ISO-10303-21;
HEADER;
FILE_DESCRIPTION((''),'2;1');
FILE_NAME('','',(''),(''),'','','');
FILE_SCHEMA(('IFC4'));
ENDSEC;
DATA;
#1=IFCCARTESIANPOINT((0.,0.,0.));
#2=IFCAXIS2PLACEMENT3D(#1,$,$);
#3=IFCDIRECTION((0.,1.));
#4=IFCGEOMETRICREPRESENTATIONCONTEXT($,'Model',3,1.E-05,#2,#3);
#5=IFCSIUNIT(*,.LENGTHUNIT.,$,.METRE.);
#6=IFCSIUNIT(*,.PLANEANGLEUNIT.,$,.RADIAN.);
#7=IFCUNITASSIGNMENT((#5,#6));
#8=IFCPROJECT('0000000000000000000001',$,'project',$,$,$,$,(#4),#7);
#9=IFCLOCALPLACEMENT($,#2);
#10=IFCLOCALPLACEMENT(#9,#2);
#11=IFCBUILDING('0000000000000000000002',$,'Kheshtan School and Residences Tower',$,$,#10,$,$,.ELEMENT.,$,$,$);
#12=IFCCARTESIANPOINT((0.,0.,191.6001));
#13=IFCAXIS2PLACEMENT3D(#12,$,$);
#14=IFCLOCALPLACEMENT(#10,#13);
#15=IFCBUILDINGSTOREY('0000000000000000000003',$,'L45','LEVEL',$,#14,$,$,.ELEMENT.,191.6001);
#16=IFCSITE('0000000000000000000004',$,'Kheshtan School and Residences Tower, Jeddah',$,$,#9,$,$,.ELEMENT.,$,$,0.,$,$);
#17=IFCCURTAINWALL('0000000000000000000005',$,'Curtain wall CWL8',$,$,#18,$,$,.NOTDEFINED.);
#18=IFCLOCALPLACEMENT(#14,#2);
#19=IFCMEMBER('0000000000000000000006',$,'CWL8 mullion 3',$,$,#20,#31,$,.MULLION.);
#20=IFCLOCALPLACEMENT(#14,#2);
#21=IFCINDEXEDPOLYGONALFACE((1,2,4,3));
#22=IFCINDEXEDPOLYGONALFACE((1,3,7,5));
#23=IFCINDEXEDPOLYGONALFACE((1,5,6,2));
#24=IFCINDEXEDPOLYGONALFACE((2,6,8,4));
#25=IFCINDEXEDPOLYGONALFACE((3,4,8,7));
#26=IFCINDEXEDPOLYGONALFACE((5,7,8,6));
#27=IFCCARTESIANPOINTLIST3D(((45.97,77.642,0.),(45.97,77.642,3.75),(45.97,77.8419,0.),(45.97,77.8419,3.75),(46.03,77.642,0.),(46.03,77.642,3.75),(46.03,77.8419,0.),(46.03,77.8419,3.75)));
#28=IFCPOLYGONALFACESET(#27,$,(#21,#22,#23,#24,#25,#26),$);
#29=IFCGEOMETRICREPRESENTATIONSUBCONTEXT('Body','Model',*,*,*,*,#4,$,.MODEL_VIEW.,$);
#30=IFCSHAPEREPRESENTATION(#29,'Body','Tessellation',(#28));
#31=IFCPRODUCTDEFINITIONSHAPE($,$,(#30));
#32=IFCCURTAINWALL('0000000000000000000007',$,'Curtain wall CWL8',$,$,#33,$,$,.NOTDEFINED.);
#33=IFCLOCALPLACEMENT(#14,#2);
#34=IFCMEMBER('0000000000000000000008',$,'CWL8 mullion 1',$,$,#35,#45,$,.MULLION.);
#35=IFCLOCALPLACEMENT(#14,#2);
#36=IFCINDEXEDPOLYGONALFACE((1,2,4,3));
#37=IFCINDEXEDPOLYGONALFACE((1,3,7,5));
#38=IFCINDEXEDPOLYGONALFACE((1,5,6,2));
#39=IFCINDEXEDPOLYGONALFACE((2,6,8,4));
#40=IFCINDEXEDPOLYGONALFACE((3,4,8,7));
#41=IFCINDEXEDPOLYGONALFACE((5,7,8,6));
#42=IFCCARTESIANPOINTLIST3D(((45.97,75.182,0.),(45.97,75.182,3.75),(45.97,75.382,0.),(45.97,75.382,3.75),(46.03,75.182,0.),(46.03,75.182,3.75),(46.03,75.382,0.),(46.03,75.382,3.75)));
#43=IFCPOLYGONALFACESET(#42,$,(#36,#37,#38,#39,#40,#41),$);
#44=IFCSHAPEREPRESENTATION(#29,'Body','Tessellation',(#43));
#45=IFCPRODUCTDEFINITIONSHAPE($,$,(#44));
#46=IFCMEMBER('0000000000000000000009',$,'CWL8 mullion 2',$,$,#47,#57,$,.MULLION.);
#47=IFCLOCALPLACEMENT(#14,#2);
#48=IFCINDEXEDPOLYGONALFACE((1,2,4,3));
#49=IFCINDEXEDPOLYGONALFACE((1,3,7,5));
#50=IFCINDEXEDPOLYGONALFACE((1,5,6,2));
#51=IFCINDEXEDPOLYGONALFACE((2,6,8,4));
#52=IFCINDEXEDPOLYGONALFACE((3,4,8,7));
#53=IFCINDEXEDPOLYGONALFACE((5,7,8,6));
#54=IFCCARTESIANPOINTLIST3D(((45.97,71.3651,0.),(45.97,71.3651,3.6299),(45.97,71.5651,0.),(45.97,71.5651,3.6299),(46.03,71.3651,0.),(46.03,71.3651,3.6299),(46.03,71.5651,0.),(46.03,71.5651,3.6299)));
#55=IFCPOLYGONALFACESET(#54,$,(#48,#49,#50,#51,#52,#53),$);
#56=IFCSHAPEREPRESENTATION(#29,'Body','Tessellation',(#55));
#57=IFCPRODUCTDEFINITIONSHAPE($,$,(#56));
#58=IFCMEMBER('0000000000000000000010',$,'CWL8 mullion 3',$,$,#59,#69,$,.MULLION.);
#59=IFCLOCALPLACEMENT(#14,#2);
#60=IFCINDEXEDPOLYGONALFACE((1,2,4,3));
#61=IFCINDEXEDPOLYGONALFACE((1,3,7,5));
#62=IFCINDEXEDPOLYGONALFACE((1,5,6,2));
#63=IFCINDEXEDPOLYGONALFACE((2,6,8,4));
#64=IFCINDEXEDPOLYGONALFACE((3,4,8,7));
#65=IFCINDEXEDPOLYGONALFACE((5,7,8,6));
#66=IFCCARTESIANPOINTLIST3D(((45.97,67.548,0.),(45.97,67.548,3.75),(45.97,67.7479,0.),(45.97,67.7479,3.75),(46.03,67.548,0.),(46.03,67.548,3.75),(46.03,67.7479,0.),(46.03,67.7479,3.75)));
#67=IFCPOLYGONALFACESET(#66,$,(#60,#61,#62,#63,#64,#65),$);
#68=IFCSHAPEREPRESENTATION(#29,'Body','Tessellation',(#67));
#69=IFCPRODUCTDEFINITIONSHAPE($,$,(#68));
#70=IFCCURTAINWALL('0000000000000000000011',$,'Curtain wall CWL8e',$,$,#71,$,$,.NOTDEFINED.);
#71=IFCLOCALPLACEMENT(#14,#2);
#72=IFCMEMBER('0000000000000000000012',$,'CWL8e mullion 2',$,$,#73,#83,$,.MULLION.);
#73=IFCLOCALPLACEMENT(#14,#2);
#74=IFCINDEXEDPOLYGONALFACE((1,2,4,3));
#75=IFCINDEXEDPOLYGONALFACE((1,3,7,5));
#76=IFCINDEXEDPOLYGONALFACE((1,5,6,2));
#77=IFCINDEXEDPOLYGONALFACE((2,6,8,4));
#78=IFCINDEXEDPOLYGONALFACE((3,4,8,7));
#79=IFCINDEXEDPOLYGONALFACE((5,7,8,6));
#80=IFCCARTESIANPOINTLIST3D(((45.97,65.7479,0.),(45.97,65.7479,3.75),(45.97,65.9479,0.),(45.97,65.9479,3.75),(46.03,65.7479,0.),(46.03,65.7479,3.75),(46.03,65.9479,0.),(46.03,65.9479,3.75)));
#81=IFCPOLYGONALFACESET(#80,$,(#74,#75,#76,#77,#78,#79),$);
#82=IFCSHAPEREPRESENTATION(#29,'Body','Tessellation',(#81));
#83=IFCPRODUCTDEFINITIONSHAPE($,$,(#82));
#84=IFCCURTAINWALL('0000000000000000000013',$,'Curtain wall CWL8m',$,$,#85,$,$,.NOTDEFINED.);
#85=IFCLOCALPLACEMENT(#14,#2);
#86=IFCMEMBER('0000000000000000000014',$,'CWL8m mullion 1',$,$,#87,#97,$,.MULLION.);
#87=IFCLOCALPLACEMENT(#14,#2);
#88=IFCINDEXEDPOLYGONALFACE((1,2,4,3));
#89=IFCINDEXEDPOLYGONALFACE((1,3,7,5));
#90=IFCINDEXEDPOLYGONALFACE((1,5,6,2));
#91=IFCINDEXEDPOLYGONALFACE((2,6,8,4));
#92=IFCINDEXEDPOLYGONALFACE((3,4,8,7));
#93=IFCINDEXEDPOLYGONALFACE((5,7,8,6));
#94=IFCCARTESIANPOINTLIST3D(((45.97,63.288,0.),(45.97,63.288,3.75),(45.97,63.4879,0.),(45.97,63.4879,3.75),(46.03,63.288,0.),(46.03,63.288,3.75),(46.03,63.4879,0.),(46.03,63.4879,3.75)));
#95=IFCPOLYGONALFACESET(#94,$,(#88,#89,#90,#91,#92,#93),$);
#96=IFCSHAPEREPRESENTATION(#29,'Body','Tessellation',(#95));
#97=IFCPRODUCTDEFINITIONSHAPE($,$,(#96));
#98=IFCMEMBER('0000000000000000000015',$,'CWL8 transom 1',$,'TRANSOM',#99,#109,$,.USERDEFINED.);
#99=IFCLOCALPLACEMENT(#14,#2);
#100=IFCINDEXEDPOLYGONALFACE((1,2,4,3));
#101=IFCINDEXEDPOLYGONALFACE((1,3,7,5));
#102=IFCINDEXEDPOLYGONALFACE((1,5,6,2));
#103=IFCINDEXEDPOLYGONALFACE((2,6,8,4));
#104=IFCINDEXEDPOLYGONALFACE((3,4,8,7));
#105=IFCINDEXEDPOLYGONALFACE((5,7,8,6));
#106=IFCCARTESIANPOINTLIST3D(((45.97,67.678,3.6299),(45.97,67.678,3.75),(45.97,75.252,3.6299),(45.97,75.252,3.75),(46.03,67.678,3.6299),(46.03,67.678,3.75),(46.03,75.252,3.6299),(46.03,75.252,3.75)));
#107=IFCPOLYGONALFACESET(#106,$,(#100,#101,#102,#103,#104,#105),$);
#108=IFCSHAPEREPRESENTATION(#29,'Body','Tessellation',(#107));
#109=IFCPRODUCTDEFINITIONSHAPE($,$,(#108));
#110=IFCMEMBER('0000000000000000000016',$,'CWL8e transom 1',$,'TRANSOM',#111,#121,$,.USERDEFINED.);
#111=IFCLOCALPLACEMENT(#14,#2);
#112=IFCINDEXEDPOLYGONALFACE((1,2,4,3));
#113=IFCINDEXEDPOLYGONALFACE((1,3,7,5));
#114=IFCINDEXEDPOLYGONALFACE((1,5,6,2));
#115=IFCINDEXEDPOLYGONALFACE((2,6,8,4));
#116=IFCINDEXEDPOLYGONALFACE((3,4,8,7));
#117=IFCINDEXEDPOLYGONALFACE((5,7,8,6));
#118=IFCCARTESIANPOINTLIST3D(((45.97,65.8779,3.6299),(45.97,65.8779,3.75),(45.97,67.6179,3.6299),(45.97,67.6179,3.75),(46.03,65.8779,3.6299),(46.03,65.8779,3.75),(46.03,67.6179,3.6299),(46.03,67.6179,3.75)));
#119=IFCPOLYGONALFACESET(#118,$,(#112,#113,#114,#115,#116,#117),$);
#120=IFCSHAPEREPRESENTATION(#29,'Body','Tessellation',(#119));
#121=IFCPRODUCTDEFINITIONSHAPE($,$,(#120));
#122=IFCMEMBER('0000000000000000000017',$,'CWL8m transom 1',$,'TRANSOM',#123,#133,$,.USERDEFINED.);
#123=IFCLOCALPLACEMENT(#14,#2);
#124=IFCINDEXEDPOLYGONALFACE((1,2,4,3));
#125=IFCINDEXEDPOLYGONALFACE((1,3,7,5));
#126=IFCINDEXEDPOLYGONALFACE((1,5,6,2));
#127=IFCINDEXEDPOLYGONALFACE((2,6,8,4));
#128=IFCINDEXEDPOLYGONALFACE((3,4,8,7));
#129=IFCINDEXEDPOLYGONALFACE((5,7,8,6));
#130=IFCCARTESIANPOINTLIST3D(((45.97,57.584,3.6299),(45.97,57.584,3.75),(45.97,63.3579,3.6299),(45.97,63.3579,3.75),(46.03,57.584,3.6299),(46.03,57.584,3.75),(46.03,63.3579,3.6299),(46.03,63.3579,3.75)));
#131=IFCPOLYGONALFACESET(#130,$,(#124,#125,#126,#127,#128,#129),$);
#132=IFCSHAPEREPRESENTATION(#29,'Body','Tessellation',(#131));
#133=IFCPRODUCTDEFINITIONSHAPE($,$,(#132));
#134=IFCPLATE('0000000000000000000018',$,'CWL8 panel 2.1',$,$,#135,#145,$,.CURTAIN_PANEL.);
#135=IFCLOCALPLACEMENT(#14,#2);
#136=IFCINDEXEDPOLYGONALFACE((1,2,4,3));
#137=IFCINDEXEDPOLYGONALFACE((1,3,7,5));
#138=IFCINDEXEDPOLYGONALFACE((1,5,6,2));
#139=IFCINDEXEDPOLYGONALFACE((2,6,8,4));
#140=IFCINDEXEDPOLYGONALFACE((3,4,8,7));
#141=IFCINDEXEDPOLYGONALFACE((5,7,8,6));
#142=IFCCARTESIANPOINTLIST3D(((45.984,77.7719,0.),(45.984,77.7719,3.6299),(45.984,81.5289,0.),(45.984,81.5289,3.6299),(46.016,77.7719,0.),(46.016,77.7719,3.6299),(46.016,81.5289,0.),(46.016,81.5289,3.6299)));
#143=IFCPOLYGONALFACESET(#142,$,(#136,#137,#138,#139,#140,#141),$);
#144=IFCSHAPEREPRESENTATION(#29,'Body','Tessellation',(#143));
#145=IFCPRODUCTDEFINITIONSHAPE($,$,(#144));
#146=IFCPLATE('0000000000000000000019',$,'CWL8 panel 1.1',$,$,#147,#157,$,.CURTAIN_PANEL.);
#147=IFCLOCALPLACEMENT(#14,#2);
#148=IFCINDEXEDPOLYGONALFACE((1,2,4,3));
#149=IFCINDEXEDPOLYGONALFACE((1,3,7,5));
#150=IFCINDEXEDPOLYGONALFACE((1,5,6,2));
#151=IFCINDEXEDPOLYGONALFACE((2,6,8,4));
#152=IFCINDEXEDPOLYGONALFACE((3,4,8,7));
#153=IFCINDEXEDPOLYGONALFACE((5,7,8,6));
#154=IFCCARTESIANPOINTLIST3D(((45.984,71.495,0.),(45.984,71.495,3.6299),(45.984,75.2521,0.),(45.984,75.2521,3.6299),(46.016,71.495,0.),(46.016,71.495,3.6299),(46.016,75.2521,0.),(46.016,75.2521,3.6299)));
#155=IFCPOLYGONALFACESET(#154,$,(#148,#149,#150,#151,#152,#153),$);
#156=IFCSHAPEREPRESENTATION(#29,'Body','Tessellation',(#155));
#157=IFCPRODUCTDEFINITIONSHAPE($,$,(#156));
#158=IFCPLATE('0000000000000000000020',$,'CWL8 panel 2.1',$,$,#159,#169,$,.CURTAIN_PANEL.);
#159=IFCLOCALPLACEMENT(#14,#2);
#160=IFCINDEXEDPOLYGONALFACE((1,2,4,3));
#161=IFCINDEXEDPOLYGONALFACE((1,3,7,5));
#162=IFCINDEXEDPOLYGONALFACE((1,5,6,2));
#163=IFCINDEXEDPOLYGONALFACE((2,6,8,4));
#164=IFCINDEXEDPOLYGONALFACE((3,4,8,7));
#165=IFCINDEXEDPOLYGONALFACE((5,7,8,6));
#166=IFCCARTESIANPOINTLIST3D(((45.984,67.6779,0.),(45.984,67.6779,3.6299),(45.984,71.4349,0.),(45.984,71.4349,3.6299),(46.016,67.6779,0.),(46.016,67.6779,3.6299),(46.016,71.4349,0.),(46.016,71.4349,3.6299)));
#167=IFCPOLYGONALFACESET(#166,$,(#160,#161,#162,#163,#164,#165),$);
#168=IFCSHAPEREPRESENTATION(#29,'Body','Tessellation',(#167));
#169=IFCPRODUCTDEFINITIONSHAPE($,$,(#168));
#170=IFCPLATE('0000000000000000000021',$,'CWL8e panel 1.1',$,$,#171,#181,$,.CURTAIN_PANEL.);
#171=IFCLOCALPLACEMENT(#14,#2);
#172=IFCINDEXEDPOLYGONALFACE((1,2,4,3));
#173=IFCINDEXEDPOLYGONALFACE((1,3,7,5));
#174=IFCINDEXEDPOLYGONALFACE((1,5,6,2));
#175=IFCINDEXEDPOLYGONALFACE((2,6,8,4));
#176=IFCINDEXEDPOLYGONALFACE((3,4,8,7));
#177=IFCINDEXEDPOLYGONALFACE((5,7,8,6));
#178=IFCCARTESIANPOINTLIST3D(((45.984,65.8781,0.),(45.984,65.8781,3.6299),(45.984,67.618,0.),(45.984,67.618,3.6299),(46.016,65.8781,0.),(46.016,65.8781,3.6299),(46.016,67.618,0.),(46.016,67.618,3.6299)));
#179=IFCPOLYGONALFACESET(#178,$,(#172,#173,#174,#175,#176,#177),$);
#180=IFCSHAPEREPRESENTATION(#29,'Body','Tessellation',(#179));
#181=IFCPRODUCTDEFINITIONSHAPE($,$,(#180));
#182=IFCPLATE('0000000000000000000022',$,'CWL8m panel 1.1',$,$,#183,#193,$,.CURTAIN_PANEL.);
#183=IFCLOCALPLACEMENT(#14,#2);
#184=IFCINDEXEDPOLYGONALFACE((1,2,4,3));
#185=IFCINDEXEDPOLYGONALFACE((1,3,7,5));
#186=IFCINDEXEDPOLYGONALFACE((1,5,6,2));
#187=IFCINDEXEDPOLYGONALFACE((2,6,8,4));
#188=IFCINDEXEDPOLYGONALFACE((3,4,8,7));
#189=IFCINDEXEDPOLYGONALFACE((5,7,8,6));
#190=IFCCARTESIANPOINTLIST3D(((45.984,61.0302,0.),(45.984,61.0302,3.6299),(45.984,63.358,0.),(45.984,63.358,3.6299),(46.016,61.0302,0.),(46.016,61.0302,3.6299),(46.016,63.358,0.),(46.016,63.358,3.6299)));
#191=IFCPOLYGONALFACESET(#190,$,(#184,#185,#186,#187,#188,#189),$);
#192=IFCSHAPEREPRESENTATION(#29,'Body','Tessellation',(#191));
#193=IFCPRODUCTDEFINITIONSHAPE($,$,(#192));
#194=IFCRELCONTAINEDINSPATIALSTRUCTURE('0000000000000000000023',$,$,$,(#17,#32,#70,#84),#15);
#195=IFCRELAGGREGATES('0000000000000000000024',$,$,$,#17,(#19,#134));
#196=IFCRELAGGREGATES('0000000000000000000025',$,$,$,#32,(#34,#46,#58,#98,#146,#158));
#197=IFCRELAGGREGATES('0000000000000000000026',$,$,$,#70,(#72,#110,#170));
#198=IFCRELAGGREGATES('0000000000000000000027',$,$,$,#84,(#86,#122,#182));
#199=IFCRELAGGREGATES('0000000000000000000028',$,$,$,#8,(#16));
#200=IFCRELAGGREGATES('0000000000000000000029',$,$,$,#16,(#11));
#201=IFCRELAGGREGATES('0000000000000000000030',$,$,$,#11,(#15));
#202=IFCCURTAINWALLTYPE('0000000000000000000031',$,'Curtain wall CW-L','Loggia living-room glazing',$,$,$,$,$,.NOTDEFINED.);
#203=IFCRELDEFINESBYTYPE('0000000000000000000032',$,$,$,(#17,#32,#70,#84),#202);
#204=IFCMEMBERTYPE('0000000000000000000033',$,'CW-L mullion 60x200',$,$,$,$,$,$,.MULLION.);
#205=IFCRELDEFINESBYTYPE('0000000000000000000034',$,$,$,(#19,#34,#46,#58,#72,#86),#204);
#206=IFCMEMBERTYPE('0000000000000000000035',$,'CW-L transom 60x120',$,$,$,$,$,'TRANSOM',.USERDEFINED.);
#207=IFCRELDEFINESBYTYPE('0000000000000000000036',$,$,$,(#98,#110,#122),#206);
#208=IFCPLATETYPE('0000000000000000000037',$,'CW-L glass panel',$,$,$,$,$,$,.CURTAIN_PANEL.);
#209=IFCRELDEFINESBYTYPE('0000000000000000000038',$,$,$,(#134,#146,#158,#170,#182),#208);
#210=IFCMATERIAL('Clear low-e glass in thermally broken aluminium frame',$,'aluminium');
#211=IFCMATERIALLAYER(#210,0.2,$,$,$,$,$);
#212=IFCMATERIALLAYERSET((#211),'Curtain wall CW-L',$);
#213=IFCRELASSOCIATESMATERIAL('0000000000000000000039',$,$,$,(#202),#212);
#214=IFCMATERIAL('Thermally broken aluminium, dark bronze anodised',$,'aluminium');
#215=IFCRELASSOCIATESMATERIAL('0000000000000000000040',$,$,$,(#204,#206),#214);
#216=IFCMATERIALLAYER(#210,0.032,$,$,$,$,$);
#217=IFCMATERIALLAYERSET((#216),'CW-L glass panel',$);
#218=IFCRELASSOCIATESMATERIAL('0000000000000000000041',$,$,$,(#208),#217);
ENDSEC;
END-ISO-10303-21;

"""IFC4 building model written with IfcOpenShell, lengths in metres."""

from ifc_helpers import new_model, si_unit, direction, frame, origin, origin_2d, place, context, subcontext, project, spatial, rectangle, extrude, material, layer, layer_set, material_profile, profile_set, type_object, element, aggregate, save


model = new_model("IFC4")

# Units and contexts
model_context = context("Model", 3, precision=1e-05, world=origin(), true_north=direction((0.0, 1.0)))
body_context = subcontext(model_context, "Body", "Model", "MODEL_VIEW")
ifc_project = project(units=[si_unit("LENGTHUNIT", "METRE"), si_unit("PLANEANGLEUNIT", "RADIAN")], contexts=[model_context])

# Site, building, storey
site_placement = place(None, origin())
site = spatial("IfcSite", under=ifc_project, at=site_placement, Name="Kheshtan School and Residences Tower, Jeddah", CompositionType="ELEMENT", RefElevation=0.0)
building_placement = place(site_placement, origin())
building = spatial("IfcBuilding", under=site, at=building_placement, Name="Kheshtan School and Residences Tower", CompositionType="ELEMENT")
storey_placement = place(building_placement, frame((0.0, 0.0, 191.6001)))
storey = spatial("IfcBuildingStorey", under=building, at=storey_placement, Name="L45", Description="LEVEL", CompositionType="ELEMENT", Elevation=191.6001)

# Curtain wall, member
ifc_material_1 = material(Name="Clear low-e glass in thermally broken aluminium frame", Category="aluminium")
ifc_layer_1 = layer(ifc_material_1, 0.2)
ifc_layer_set_1 = layer_set([ifc_layer_1], Name="Curtain wall CW-L")
curtain_wall_type = type_object("IfcCurtainWallType", Name="Curtain wall CW-L", Description="Loggia living-room glazing", PredefinedType="NOTDEFINED", material=ifc_layer_set_1)
curtain_wall_1_placement = place(storey_placement, origin())
curtain_wall_1 = element("IfcCurtainWall", 1, at=curtain_wall_1_placement, inside=storey, type_object=curtain_wall_type, Name="Curtain wall CWL8", PredefinedType="NOTDEFINED")
ifc_material_2 = material(Name="Thermally broken aluminium, dark bronze anodised", Category="aluminium")
ifc_material_profile_1 = material_profile(ifc_material_2, rectangle(XDim=0.0601, YDim=0.2, at=origin_2d()), Name="CW-L mullion 60x200")
ifc_profile_set_1 = profile_set([ifc_material_profile_1], Name="Thermally broken aluminium, dark bronze anodised")
member_type_1 = type_object("IfcMemberType", Name="CW-L mullion 60x200", PredefinedType="MULLION", material=ifc_profile_set_1)
member_1_placement = place(storey_placement, frame((46.0, 77.7419, 0.0), z_axis=(0.0, 0.0, 1.0), x_axis=(1.0, 0.0, 0.0)))
member_1 = element("IfcMember", 2, at=member_1_placement, type_object=member_type_1, Name="CWL8 mullion 3", PredefinedType="MULLION", context=body_context, shape_type="SweptSolid", body=[
    extrude(rectangle(XDim=0.0601, YDim=0.2, at=origin_2d()), origin(), (0.0, 0.0, 1.0), 3.75),
])

# Curtain wall, members
curtain_wall_2_placement = place(storey_placement, origin())
curtain_wall_2 = element("IfcCurtainWall", 3, at=curtain_wall_2_placement, inside=storey, type_object=curtain_wall_type, Name="Curtain wall CWL8", PredefinedType="NOTDEFINED")
member_2_placement = place(storey_placement, frame((46.0, 75.282, 0.0), z_axis=(0.0, 0.0, 1.0), x_axis=(1.0, 0.0, 0.0)))
member_2 = element("IfcMember", 4, at=member_2_placement, type_object=member_type_1, Name="CWL8 mullion 1", PredefinedType="MULLION", context=body_context, shape_type="SweptSolid", body=[
    extrude(rectangle(XDim=0.0601, YDim=0.2, at=origin_2d()), origin(), (0.0, 0.0, 1.0), 3.75),
])
member_3_placement = place(storey_placement, frame((46.0, 71.4651, 0.0), z_axis=(0.0, 0.0, 1.0), x_axis=(1.0, 0.0, 0.0)))
member_3 = element("IfcMember", 5, at=member_3_placement, type_object=member_type_1, Name="CWL8 mullion 2", PredefinedType="MULLION", context=body_context, shape_type="SweptSolid", body=[
    extrude(rectangle(XDim=0.0601, YDim=0.2, at=origin_2d()), origin(), (0.0, 0.0, 1.0), 3.6299),
])
member_4_placement = place(storey_placement, frame((46.0, 67.6479, 0.0), z_axis=(0.0, 0.0, 1.0), x_axis=(1.0, 0.0, 0.0)))
member_4 = element("IfcMember", 6, at=member_4_placement, type_object=member_type_1, Name="CWL8 mullion 3", PredefinedType="MULLION", context=body_context, shape_type="SweptSolid", body=[
    extrude(rectangle(XDim=0.0601, YDim=0.2, at=origin_2d()), origin(), (0.0, 0.0, 1.0), 3.75),
])

# Curtain walls, members
curtain_wall_3_placement = place(storey_placement, origin())
curtain_wall_3 = element("IfcCurtainWall", 7, at=curtain_wall_3_placement, inside=storey, type_object=curtain_wall_type, Name="Curtain wall CWL8e", PredefinedType="NOTDEFINED")
member_5_placement = place(storey_placement, frame((46.0, 65.8479, 0.0), z_axis=(0.0, 0.0, 1.0), x_axis=(1.0, 0.0, 0.0)))
member_5 = element("IfcMember", 8, at=member_5_placement, type_object=member_type_1, Name="CWL8e mullion 2", PredefinedType="MULLION", context=body_context, shape_type="SweptSolid", body=[
    extrude(rectangle(XDim=0.0601, YDim=0.2, at=origin_2d()), origin(), (0.0, 0.0, 1.0), 3.75),
])
curtain_wall_4_placement = place(storey_placement, origin())
curtain_wall_4 = element("IfcCurtainWall", 9, at=curtain_wall_4_placement, inside=storey, type_object=curtain_wall_type, Name="Curtain wall CWL8m", PredefinedType="NOTDEFINED")
member_6_placement = place(storey_placement, frame((46.0, 63.3879, 0.0), z_axis=(0.0, 0.0, 1.0), x_axis=(1.0, 0.0, 0.0)))
member_6 = element("IfcMember", 10, at=member_6_placement, type_object=member_type_1, Name="CWL8m mullion 1", PredefinedType="MULLION", context=body_context, shape_type="SweptSolid", body=[
    extrude(rectangle(XDim=0.0601, YDim=0.2, at=origin_2d()), origin(), (0.0, 0.0, 1.0), 3.75),
])

# Members
ifc_material_profile_2 = material_profile(ifc_material_2, rectangle(XDim=0.0601, YDim=0.1201, at=origin_2d()), Name="CW-L transom 60x120")
ifc_profile_set_2 = profile_set([ifc_material_profile_2], Name="Thermally broken aluminium, dark bronze anodised")
member_type_2 = type_object("IfcMemberType", Name="CW-L transom 60x120", ElementType="TRANSOM", PredefinedType="USERDEFINED", material=ifc_profile_set_2)
member_7_placement = place(storey_placement, frame((46.0, 75.252, 3.6899), z_axis=(0.0, -1.0, 0.0), x_axis=(1.0, 0.0, 0.0)))
member_7 = element("IfcMember", 11, at=member_7_placement, type_object=member_type_2, Name="CWL8 transom 1", ObjectType="TRANSOM", PredefinedType="USERDEFINED", context=body_context, shape_type="SweptSolid", body=[
    extrude(rectangle(XDim=0.0601, YDim=0.1201, at=origin_2d()), origin(), (0.0, 0.0, 1.0), 7.574),
])
member_8_placement = place(storey_placement, frame((46.0, 67.6179, 3.6899), z_axis=(0.0, -1.0, 0.0), x_axis=(1.0, 0.0, 0.0)))
member_8 = element("IfcMember", 12, at=member_8_placement, type_object=member_type_2, Name="CWL8e transom 1", ObjectType="TRANSOM", PredefinedType="USERDEFINED", context=body_context, shape_type="SweptSolid", body=[
    extrude(rectangle(XDim=0.0601, YDim=0.1201, at=origin_2d()), origin(), (0.0, 0.0, 1.0), 1.74),
])
member_9_placement = place(storey_placement, frame((46.0, 63.3579, 3.6899), z_axis=(0.0, -1.0, 0.0), x_axis=(1.0, 0.0, 0.0)))
member_9 = element("IfcMember", 13, at=member_9_placement, type_object=member_type_2, Name="CWL8m transom 1", ObjectType="TRANSOM", PredefinedType="USERDEFINED", context=body_context, shape_type="SweptSolid", body=[
    extrude(rectangle(XDim=0.0601, YDim=0.1201, at=origin_2d()), origin(), (0.0, 0.0, 1.0), 5.7739),
])

# Plates
ifc_layer_2 = layer(ifc_material_1, 0.032)
ifc_layer_set_2 = layer_set([ifc_layer_2], Name="CW-L glass panel")
plate_type = type_object("IfcPlateType", Name="CW-L glass panel", PredefinedType="CURTAIN_PANEL", material=ifc_layer_set_2)
plate_1_placement = place(storey_placement, frame((46.0, 79.6504, 0.0), z_axis=(0.0, 0.0, 1.0), x_axis=(0.0, -1.0, 0.0)))
plate_1 = element("IfcPlate", 14, at=plate_1_placement, type_object=plate_type, Name="CWL8 panel 2.1", PredefinedType="CURTAIN_PANEL", context=body_context, shape_type="SweptSolid", body=[
    extrude(rectangle(XDim=3.7571, YDim=0.032, at=origin_2d()), origin(), (0.0, 0.0, 1.0), 3.6299),
])
aggregate(curtain_wall_1, [member_1, plate_1])
plate_2_placement = place(storey_placement, frame((46.0, 73.3735, 0.0), z_axis=(0.0, 0.0, 1.0), x_axis=(0.0, -1.0, 0.0)))
plate_2 = element("IfcPlate", 15, at=plate_2_placement, type_object=plate_type, Name="CWL8 panel 1.1", PredefinedType="CURTAIN_PANEL", context=body_context, shape_type="SweptSolid", body=[
    extrude(rectangle(XDim=3.7571, YDim=0.032, at=origin_2d()), origin(), (0.0, 0.0, 1.0), 3.6299),
])
plate_3_placement = place(storey_placement, frame((46.0, 69.5564, 0.0), z_axis=(0.0, 0.0, 1.0), x_axis=(0.0, -1.0, 0.0)))
plate_3 = element("IfcPlate", 16, at=plate_3_placement, type_object=plate_type, Name="CWL8 panel 2.1", PredefinedType="CURTAIN_PANEL", context=body_context, shape_type="SweptSolid", body=[
    extrude(rectangle(XDim=3.7571, YDim=0.032, at=origin_2d()), origin(), (0.0, 0.0, 1.0), 3.6299),
])
aggregate(curtain_wall_2, [member_2, member_3, member_4, member_7, plate_2, plate_3])
plate_4_placement = place(storey_placement, frame((46.0, 66.748, 0.0), z_axis=(0.0, 0.0, 1.0), x_axis=(0.0, -1.0, 0.0)))
plate_4 = element("IfcPlate", 17, at=plate_4_placement, type_object=plate_type, Name="CWL8e panel 1.1", PredefinedType="CURTAIN_PANEL", context=body_context, shape_type="SweptSolid", body=[
    extrude(rectangle(XDim=1.74, YDim=0.032, at=origin_2d()), origin(), (0.0, 0.0, 1.0), 3.6299),
])
aggregate(curtain_wall_3, [member_5, member_8, plate_4])
plate_5_placement = place(storey_placement, frame((46.0, 62.1941, 0.0), z_axis=(0.0, 0.0, 1.0), x_axis=(0.0, -1.0, 0.0)))
plate_5 = element("IfcPlate", 18, at=plate_5_placement, type_object=plate_type, Name="CWL8m panel 1.1", PredefinedType="CURTAIN_PANEL", context=body_context, shape_type="SweptSolid", body=[
    extrude(rectangle(XDim=2.3279, YDim=0.032, at=origin_2d()), origin(), (0.0, 0.0, 1.0), 3.6299),
])
aggregate(curtain_wall_4, [member_6, member_9, plate_5])

save(model, "model.ifc")
